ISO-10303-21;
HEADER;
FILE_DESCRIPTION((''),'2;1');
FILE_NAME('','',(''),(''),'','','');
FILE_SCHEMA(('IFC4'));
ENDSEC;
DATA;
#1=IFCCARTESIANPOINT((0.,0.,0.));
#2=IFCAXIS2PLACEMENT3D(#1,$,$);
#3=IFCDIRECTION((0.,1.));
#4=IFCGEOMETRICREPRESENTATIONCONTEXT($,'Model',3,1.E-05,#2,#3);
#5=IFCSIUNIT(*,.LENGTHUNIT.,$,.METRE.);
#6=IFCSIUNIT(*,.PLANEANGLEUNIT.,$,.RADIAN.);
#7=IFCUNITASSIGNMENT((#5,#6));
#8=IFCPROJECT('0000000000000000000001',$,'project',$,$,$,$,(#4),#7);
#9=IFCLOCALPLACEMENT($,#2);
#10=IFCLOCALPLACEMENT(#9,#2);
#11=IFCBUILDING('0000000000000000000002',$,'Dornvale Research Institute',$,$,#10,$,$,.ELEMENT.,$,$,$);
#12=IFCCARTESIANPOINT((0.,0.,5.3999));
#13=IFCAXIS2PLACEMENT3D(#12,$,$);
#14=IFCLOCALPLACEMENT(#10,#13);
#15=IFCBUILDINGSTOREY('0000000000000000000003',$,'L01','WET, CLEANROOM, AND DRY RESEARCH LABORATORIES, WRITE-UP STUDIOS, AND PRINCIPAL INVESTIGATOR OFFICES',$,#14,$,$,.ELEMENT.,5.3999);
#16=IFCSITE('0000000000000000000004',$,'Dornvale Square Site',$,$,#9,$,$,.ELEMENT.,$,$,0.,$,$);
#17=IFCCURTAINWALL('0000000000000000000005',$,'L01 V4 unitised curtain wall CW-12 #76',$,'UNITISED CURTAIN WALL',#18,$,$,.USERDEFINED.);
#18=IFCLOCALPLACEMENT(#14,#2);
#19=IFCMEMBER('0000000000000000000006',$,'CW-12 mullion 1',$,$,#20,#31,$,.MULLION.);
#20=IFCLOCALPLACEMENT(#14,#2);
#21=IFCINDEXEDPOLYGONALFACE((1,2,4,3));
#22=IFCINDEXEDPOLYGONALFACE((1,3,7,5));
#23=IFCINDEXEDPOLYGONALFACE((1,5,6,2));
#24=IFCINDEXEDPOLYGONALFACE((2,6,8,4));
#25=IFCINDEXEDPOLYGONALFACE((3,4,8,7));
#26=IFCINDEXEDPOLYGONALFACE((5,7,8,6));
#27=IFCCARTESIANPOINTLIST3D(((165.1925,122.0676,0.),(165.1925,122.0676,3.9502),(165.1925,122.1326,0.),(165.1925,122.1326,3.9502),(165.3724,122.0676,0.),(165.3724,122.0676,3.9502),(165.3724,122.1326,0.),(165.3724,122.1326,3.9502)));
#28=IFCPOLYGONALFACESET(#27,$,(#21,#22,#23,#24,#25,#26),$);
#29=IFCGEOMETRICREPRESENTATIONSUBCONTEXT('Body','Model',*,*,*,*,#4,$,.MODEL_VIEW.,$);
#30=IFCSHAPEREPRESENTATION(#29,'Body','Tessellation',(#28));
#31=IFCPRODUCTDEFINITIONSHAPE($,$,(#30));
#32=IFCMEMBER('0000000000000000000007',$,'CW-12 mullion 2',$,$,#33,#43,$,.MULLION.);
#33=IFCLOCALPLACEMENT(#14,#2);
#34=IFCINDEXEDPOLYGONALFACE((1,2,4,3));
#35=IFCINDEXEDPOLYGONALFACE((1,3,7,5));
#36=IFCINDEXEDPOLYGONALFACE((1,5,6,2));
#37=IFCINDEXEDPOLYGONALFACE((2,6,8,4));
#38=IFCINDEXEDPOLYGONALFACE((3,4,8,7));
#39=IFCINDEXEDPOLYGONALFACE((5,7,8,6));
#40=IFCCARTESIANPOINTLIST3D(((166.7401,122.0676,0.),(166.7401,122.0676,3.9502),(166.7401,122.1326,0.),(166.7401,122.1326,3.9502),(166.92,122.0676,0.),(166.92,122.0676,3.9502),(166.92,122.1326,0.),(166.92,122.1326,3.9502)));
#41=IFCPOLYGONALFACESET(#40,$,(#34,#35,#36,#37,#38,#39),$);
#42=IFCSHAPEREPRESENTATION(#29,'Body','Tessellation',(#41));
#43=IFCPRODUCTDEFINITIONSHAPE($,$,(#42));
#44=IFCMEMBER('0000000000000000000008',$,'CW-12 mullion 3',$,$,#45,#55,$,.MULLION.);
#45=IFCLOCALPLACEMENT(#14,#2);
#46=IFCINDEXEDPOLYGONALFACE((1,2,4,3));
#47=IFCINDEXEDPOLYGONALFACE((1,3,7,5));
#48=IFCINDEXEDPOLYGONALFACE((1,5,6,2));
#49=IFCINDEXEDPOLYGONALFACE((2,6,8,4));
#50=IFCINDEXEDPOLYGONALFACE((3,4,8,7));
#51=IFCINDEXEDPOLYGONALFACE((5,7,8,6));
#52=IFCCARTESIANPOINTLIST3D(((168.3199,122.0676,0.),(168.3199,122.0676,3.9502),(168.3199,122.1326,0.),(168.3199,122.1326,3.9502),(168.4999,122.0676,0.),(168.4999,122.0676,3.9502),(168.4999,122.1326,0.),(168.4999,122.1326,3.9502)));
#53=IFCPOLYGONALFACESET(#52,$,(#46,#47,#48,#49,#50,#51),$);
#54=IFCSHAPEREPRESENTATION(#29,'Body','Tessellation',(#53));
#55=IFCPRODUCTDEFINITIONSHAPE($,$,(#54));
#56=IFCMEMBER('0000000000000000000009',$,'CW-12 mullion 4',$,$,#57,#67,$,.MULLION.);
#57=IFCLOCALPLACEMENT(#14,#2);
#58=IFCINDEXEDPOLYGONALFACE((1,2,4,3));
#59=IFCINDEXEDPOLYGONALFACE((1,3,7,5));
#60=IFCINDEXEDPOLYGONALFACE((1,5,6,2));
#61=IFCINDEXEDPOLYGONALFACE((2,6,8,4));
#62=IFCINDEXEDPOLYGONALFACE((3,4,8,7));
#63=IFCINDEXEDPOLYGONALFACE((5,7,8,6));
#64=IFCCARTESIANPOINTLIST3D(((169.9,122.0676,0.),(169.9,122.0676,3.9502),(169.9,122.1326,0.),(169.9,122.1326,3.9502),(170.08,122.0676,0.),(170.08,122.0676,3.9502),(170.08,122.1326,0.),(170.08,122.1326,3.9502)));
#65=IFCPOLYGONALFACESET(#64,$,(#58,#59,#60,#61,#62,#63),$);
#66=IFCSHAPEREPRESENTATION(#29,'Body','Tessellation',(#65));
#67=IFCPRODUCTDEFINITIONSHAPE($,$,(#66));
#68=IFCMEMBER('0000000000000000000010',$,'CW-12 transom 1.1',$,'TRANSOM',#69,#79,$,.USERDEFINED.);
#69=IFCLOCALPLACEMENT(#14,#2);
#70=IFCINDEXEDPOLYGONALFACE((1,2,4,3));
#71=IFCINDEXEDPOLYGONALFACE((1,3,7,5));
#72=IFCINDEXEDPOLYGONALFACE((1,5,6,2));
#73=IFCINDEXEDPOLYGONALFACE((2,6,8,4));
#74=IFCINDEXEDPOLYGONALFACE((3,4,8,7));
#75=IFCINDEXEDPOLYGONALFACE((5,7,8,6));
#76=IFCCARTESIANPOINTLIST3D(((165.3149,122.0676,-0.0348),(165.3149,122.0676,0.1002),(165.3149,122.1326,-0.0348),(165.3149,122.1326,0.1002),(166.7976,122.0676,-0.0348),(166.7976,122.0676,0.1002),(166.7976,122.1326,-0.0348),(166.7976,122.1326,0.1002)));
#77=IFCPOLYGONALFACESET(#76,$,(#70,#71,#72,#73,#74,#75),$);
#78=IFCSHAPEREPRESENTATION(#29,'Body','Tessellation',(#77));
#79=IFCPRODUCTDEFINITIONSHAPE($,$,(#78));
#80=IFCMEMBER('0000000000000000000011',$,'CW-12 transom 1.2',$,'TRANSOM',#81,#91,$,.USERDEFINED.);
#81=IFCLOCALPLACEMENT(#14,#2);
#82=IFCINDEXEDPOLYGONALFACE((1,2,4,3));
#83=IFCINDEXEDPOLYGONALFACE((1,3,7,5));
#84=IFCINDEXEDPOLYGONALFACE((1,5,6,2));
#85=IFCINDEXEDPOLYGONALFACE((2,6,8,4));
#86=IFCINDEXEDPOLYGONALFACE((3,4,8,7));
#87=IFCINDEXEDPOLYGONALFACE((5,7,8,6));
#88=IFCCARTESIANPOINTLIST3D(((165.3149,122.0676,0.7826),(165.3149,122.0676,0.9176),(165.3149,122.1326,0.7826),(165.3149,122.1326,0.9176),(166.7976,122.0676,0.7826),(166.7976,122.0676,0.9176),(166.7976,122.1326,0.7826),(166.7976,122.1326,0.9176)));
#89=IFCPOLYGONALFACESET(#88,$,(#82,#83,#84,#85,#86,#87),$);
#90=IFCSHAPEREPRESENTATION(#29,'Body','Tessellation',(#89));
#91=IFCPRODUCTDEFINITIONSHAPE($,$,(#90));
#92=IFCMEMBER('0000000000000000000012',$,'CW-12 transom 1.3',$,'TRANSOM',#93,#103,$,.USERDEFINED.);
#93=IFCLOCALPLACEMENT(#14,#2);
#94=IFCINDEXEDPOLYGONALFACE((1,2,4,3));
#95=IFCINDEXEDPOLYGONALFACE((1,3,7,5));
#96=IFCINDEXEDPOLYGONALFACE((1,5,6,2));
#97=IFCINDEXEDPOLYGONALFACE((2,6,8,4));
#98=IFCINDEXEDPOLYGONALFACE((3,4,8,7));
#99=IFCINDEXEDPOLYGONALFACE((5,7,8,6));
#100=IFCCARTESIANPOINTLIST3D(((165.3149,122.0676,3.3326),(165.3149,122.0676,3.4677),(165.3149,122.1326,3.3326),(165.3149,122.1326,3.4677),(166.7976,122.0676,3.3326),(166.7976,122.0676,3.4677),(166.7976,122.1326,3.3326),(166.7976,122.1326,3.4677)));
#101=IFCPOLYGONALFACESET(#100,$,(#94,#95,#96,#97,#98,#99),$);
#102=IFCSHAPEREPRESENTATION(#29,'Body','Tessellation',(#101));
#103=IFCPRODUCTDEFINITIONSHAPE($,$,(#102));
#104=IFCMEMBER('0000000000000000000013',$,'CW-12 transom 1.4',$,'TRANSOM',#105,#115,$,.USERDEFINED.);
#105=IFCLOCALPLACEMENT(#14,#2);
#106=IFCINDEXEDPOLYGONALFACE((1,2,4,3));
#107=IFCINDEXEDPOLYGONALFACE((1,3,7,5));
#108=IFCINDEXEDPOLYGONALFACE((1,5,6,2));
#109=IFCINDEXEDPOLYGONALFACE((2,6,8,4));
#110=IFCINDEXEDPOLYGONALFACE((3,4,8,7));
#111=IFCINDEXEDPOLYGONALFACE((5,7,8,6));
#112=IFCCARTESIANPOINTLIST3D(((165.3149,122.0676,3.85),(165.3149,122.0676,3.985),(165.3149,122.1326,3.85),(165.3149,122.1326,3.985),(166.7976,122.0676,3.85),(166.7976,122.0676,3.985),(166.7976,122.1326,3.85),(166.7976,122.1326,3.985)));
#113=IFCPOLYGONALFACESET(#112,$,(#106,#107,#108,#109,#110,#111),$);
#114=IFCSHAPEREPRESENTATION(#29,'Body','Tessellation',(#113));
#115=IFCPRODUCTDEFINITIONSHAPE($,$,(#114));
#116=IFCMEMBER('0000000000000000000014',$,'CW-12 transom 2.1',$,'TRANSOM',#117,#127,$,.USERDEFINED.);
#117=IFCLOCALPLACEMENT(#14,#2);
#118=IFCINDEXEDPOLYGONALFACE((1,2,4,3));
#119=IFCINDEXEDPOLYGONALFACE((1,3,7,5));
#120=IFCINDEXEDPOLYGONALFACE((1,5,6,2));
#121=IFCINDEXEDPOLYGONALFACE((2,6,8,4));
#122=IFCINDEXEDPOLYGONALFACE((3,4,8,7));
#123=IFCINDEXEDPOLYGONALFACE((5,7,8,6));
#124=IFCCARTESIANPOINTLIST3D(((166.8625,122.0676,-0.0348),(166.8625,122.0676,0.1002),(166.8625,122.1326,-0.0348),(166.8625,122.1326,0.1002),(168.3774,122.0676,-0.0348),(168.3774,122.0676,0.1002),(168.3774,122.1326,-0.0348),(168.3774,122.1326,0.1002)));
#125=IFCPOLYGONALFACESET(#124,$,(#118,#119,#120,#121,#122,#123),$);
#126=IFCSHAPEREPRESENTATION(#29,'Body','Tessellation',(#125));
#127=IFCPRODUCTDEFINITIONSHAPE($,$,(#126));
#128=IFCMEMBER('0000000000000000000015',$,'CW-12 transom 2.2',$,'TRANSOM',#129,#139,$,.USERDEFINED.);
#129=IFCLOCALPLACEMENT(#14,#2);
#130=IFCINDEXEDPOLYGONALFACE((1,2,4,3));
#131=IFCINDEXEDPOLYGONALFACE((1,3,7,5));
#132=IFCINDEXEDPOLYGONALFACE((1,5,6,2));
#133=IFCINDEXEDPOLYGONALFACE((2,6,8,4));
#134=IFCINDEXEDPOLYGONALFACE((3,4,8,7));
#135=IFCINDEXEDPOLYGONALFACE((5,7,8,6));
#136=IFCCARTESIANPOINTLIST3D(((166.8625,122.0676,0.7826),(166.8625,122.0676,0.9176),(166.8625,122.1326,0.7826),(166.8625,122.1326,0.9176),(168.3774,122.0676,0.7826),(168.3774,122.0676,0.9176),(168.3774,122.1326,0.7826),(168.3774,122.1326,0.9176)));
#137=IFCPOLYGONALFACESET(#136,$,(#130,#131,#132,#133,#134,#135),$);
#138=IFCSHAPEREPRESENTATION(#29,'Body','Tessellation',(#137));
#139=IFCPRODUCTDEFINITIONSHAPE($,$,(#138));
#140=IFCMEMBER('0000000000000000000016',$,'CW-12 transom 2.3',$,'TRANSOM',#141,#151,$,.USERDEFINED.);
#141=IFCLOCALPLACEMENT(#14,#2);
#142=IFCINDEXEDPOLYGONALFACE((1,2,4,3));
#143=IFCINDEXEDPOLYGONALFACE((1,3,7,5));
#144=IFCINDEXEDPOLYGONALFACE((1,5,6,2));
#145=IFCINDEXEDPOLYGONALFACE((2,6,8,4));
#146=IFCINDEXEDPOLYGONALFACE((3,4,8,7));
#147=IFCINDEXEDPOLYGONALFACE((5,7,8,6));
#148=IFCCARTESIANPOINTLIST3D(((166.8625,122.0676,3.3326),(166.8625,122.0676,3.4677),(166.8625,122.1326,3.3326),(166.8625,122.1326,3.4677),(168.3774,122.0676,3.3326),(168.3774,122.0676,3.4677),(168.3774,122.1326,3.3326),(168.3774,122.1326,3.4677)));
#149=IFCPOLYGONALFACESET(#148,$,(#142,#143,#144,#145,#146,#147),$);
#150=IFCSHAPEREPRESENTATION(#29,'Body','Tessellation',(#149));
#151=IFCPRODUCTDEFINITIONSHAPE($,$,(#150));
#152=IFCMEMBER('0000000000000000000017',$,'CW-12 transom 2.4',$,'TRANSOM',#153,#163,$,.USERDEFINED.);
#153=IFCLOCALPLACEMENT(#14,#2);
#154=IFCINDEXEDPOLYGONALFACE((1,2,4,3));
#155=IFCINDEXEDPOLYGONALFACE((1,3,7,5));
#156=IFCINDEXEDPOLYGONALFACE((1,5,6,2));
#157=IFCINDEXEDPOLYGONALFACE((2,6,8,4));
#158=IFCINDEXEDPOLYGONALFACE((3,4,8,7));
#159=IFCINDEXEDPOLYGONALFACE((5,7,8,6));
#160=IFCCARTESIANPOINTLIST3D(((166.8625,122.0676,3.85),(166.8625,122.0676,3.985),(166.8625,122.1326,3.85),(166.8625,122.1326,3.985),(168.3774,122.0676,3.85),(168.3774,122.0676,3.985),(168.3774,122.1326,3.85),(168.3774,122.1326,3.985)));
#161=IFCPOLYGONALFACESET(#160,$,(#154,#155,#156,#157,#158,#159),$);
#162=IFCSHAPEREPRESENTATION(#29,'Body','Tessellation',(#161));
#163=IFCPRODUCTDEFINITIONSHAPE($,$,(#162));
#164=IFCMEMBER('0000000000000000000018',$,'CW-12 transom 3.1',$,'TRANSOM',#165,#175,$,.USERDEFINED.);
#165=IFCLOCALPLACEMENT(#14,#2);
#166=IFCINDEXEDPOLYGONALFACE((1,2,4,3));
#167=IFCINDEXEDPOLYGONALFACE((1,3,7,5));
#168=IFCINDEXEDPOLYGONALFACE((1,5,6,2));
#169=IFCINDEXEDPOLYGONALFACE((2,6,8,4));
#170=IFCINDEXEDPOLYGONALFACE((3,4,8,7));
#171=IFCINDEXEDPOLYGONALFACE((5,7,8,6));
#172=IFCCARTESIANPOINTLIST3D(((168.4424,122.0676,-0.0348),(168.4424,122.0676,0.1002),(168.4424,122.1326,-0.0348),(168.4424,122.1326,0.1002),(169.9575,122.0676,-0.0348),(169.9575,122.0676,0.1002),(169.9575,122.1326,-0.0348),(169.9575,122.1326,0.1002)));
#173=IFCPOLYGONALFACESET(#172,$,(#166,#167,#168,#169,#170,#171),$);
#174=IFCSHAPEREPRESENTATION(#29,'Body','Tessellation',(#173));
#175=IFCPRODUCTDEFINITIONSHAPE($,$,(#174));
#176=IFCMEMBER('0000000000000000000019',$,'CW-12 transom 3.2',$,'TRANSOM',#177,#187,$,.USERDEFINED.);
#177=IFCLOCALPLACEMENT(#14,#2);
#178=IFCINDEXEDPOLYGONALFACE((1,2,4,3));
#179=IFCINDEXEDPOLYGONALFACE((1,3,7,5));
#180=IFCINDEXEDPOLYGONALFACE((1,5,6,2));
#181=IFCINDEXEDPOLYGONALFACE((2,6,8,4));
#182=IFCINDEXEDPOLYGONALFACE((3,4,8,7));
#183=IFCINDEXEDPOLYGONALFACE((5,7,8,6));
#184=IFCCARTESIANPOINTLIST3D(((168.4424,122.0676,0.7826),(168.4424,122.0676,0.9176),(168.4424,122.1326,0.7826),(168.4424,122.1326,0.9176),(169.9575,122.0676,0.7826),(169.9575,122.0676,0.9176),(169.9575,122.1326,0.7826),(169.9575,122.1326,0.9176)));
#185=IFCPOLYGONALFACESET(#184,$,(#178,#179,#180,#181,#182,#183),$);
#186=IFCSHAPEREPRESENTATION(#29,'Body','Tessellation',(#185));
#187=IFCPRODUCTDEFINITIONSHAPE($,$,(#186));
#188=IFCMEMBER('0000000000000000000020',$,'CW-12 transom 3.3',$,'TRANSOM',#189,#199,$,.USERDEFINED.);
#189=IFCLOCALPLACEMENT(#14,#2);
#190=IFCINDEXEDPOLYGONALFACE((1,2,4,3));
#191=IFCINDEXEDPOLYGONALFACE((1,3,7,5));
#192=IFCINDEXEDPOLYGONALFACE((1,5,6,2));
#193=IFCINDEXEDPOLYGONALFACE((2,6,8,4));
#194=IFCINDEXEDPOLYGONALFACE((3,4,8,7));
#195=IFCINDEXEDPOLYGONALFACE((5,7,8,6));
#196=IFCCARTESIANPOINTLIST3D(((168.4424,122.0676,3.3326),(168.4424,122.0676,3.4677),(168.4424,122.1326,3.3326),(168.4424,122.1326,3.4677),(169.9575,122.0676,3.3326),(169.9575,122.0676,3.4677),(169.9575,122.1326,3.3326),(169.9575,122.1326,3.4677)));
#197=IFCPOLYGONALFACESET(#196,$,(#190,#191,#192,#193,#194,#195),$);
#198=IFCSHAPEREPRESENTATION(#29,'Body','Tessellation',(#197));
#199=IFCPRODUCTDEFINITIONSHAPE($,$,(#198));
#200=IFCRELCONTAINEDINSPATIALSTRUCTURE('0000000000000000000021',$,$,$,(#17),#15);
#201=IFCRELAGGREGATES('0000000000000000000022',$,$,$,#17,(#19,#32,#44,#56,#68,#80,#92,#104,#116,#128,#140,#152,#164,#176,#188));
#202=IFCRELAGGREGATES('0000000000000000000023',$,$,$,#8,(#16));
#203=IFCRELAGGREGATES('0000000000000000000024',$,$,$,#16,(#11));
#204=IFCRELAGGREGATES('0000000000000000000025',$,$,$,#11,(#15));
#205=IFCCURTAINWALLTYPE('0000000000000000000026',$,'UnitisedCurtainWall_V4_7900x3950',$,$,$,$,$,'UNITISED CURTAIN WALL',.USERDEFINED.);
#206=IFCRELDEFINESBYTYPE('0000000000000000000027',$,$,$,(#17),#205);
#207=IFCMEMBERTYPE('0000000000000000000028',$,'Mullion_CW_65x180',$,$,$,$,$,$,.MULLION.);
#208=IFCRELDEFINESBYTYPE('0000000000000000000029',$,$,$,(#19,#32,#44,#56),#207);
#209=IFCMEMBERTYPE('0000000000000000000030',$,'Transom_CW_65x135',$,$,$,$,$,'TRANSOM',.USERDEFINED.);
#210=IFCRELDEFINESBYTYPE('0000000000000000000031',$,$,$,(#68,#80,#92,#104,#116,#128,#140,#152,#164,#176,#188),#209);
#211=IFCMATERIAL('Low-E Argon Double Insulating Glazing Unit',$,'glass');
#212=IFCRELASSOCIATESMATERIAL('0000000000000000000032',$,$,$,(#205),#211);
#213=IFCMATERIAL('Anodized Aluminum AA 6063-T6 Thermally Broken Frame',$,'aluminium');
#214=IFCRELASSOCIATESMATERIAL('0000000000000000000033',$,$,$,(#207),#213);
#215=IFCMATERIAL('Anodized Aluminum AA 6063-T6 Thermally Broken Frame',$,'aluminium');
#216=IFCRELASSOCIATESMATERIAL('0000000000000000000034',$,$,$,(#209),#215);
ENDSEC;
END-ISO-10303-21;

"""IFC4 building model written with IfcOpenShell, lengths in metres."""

from ifc_helpers import new_model, si_unit, direction, frame, origin, origin_2d, place, context, subcontext, project, spatial, rectangle, extrude, material, material_profile, profile_set, type_object, element, aggregate, save


model = new_model("IFC4")

# Units and contexts
model_context = context("Model", 3, precision=1e-05, world=origin(), true_north=direction((0.0, 1.0)))
body_context = subcontext(model_context, "Body", "Model", "MODEL_VIEW")
ifc_project = project(units=[si_unit("LENGTHUNIT", "METRE"), si_unit("PLANEANGLEUNIT", "RADIAN")], contexts=[model_context])

# Site, building, storey
site_placement = place(None, origin())
site = spatial("IfcSite", under=ifc_project, at=site_placement, Name="Dornvale Square Site", CompositionType="ELEMENT", RefElevation=0.0)
building_placement = place(site_placement, origin())
building = spatial("IfcBuilding", under=site, at=building_placement, Name="Dornvale Research Institute", CompositionType="ELEMENT")
storey_placement = place(building_placement, frame((0.0, 0.0, 5.3999)))
storey = spatial("IfcBuildingStorey", under=building, at=storey_placement, Name="L01", Description="WET, CLEANROOM, AND DRY RESEARCH LABORATORIES, WRITE-UP STUDIOS, AND PRINCIPAL INVESTIGATOR OFFICES", CompositionType="ELEMENT", Elevation=5.3999)

# Curtain wall, members
ifc_material_1 = material(Name="Low-E Argon Double Insulating Glazing Unit", Category="glass")
curtain_wall_type = type_object("IfcCurtainWallType", Name="UnitisedCurtainWall_V4_7900x3950", ElementType="UNITISED CURTAIN WALL", PredefinedType="USERDEFINED", material=ifc_material_1)
curtain_wall_placement = place(storey_placement, origin())
curtain_wall = element("IfcCurtainWall", 1, at=curtain_wall_placement, inside=storey, type_object=curtain_wall_type, Name="L01 V4 unitised curtain wall CW-12 #76", ObjectType="UNITISED CURTAIN WALL", PredefinedType="USERDEFINED")
ifc_material_2 = material(Name="Anodized Aluminum AA 6063-T6 Thermally Broken Frame", Category="aluminium")
ifc_material_profile_1 = material_profile(ifc_material_2, rectangle(XDim=0.0649, YDim=0.1799, at=origin_2d()), Name="ALU MULLION 65x180")
ifc_profile_set_1 = profile_set([ifc_material_profile_1], Name="Anodized Aluminum AA 6063-T6 Thermally Broken Frame")
member_type_1 = type_object("IfcMemberType", Name="Mullion_CW_65x180", PredefinedType="MULLION", material=ifc_profile_set_1)
member_1_placement = place(storey_placement, frame((165.2825, 122.1001, 0.0), z_axis=(0.0, 0.0, 1.0), x_axis=(0.0, 1.0, 0.0)))
member_1 = element("IfcMember", 2, at=member_1_placement, type_object=member_type_1, Name="CW-12 mullion 1", PredefinedType="MULLION", context=body_context, shape_type="SweptSolid", body=[
    extrude(rectangle(XDim=0.0649, YDim=0.1799, at=origin_2d()), origin(), (0.0, 0.0, 1.0), 3.9502),
])
member_2_placement = place(storey_placement, frame((166.8301, 122.1001, 0.0), z_axis=(0.0, 0.0, 1.0), x_axis=(0.0, 1.0, 0.0)))
member_2 = element("IfcMember", 3, at=member_2_placement, type_object=member_type_1, Name="CW-12 mullion 2", PredefinedType="MULLION", context=body_context, shape_type="SweptSolid", body=[
    extrude(rectangle(XDim=0.0649, YDim=0.1799, at=origin_2d()), origin(), (0.0, 0.0, 1.0), 3.9502),
])
member_3_placement = place(storey_placement, frame((168.4099, 122.1001, 0.0), z_axis=(0.0, 0.0, 1.0), x_axis=(0.0, 1.0, 0.0)))
member_3 = element("IfcMember", 4, at=member_3_placement, type_object=member_type_1, Name="CW-12 mullion 3", PredefinedType="MULLION", context=body_context, shape_type="SweptSolid", body=[
    extrude(rectangle(XDim=0.0649, YDim=0.1799, at=origin_2d()), origin(), (0.0, 0.0, 1.0), 3.9502),
])
member_4_placement = place(storey_placement, frame((169.99, 122.1001, 0.0), z_axis=(0.0, 0.0, 1.0), x_axis=(0.0, 1.0, 0.0)))
member_4 = element("IfcMember", 5, at=member_4_placement, type_object=member_type_1, Name="CW-12 mullion 4", PredefinedType="MULLION", context=body_context, shape_type="SweptSolid", body=[
    extrude(rectangle(XDim=0.0649, YDim=0.1799, at=origin_2d()), origin(), (0.0, 0.0, 1.0), 3.9502),
])
ifc_material_3 = material(Name="Anodized Aluminum AA 6063-T6 Thermally Broken Frame", Category="aluminium")
ifc_material_profile_2 = material_profile(ifc_material_3, rectangle(XDim=0.0649, YDim=0.135, at=origin_2d()), Name="ALU TRANSOM 65x135")
ifc_profile_set_2 = profile_set([ifc_material_profile_2], Name="Anodized Aluminum AA 6063-T6 Thermally Broken Frame")
member_type_2 = type_object("IfcMemberType", Name="Transom_CW_65x135", ElementType="TRANSOM", PredefinedType="USERDEFINED", material=ifc_profile_set_2)
member_5_placement = place(storey_placement, frame((165.3149, 122.1001, 0.0327), z_axis=(1.0, 0.0, 0.0), x_axis=(0.0, 1.0, 0.0)))
member_5 = element("IfcMember", 6, at=member_5_placement, type_object=member_type_2, Name="CW-12 transom 1.1", ObjectType="TRANSOM", PredefinedType="USERDEFINED", context=body_context, shape_type="SweptSolid", body=[
    extrude(rectangle(XDim=0.0649, YDim=0.135, at=origin_2d()), origin(), (0.0, 0.0, 1.0), 1.4827),
])
member_6_placement = place(storey_placement, frame((165.3149, 122.1001, 0.8501), z_axis=(1.0, 0.0, 0.0), x_axis=(0.0, 1.0, 0.0)))
member_6 = element("IfcMember", 7, at=member_6_placement, type_object=member_type_2, Name="CW-12 transom 1.2", ObjectType="TRANSOM", PredefinedType="USERDEFINED", context=body_context, shape_type="SweptSolid", body=[
    extrude(rectangle(XDim=0.0649, YDim=0.135, at=origin_2d()), origin(), (0.0, 0.0, 1.0), 1.4827),
])
member_7_placement = place(storey_placement, frame((165.3149, 122.1001, 3.4001), z_axis=(1.0, 0.0, 0.0), x_axis=(0.0, 1.0, 0.0)))
member_7 = element("IfcMember", 8, at=member_7_placement, type_object=member_type_2, Name="CW-12 transom 1.3", ObjectType="TRANSOM", PredefinedType="USERDEFINED", context=body_context, shape_type="SweptSolid", body=[
    extrude(rectangle(XDim=0.0649, YDim=0.135, at=origin_2d()), origin(), (0.0, 0.0, 1.0), 1.4827),
])
member_8_placement = place(storey_placement, frame((165.3149, 122.1001, 3.9175), z_axis=(1.0, 0.0, 0.0), x_axis=(0.0, 1.0, 0.0)))
member_8 = element("IfcMember", 9, at=member_8_placement, type_object=member_type_2, Name="CW-12 transom 1.4", ObjectType="TRANSOM", PredefinedType="USERDEFINED", context=body_context, shape_type="SweptSolid", body=[
    extrude(rectangle(XDim=0.0649, YDim=0.135, at=origin_2d()), origin(), (0.0, 0.0, 1.0), 1.4827),
])
member_9_placement = place(storey_placement, frame((166.8625, 122.1001, 0.0327), z_axis=(1.0, 0.0, 0.0), x_axis=(0.0, 1.0, 0.0)))
member_9 = element("IfcMember", 10, at=member_9_placement, type_object=member_type_2, Name="CW-12 transom 2.1", ObjectType="TRANSOM", PredefinedType="USERDEFINED", context=body_context, shape_type="SweptSolid", body=[
    extrude(rectangle(XDim=0.0649, YDim=0.135, at=origin_2d()), origin(), (0.0, 0.0, 1.0), 1.5149),
])
member_10_placement = place(storey_placement, frame((166.8625, 122.1001, 0.8501), z_axis=(1.0, 0.0, 0.0), x_axis=(0.0, 1.0, 0.0)))
member_10 = element("IfcMember", 11, at=member_10_placement, type_object=member_type_2, Name="CW-12 transom 2.2", ObjectType="TRANSOM", PredefinedType="USERDEFINED", context=body_context, shape_type="SweptSolid", body=[
    extrude(rectangle(XDim=0.0649, YDim=0.135, at=origin_2d()), origin(), (0.0, 0.0, 1.0), 1.5149),
])
member_11_placement = place(storey_placement, frame((166.8625, 122.1001, 3.4001), z_axis=(1.0, 0.0, 0.0), x_axis=(0.0, 1.0, 0.0)))
member_11 = element("IfcMember", 12, at=member_11_placement, type_object=member_type_2, Name="CW-12 transom 2.3", ObjectType="TRANSOM", PredefinedType="USERDEFINED", context=body_context, shape_type="SweptSolid", body=[
    extrude(rectangle(XDim=0.0649, YDim=0.135, at=origin_2d()), origin(), (0.0, 0.0, 1.0), 1.5149),
])
member_12_placement = place(storey_placement, frame((166.8625, 122.1001, 3.9175), z_axis=(1.0, 0.0, 0.0), x_axis=(0.0, 1.0, 0.0)))
member_12 = element("IfcMember", 13, at=member_12_placement, type_object=member_type_2, Name="CW-12 transom 2.4", ObjectType="TRANSOM", PredefinedType="USERDEFINED", context=body_context, shape_type="SweptSolid", body=[
    extrude(rectangle(XDim=0.0649, YDim=0.135, at=origin_2d()), origin(), (0.0, 0.0, 1.0), 1.5149),
])
member_13_placement = place(storey_placement, frame((168.4424, 122.1001, 0.0327), z_axis=(1.0, 0.0, 0.0), x_axis=(0.0, 1.0, 0.0)))
member_13 = element("IfcMember", 14, at=member_13_placement, type_object=member_type_2, Name="CW-12 transom 3.1", ObjectType="TRANSOM", PredefinedType="USERDEFINED", context=body_context, shape_type="SweptSolid", body=[
    extrude(rectangle(XDim=0.0649, YDim=0.135, at=origin_2d()), origin(), (0.0, 0.0, 1.0), 1.5151),
])
member_14_placement = place(storey_placement, frame((168.4424, 122.1001, 0.8501), z_axis=(1.0, 0.0, 0.0), x_axis=(0.0, 1.0, 0.0)))
member_14 = element("IfcMember", 15, at=member_14_placement, type_object=member_type_2, Name="CW-12 transom 3.2", ObjectType="TRANSOM", PredefinedType="USERDEFINED", context=body_context, shape_type="SweptSolid", body=[
    extrude(rectangle(XDim=0.0649, YDim=0.135, at=origin_2d()), origin(), (0.0, 0.0, 1.0), 1.5151),
])
member_15_placement = place(storey_placement, frame((168.4424, 122.1001, 3.4001), z_axis=(1.0, 0.0, 0.0), x_axis=(0.0, 1.0, 0.0)))
member_15 = element("IfcMember", 16, at=member_15_placement, type_object=member_type_2, Name="CW-12 transom 3.3", ObjectType="TRANSOM", PredefinedType="USERDEFINED", context=body_context, shape_type="SweptSolid", body=[
    extrude(rectangle(XDim=0.0649, YDim=0.135, at=origin_2d()), origin(), (0.0, 0.0, 1.0), 1.5151),
])
aggregate(curtain_wall, [member_1, member_2, member_3, member_4, member_5, member_6, member_7, member_8, member_9, member_10, member_11, member_12, member_13, member_14, member_15])

save(model, "model.ifc")
